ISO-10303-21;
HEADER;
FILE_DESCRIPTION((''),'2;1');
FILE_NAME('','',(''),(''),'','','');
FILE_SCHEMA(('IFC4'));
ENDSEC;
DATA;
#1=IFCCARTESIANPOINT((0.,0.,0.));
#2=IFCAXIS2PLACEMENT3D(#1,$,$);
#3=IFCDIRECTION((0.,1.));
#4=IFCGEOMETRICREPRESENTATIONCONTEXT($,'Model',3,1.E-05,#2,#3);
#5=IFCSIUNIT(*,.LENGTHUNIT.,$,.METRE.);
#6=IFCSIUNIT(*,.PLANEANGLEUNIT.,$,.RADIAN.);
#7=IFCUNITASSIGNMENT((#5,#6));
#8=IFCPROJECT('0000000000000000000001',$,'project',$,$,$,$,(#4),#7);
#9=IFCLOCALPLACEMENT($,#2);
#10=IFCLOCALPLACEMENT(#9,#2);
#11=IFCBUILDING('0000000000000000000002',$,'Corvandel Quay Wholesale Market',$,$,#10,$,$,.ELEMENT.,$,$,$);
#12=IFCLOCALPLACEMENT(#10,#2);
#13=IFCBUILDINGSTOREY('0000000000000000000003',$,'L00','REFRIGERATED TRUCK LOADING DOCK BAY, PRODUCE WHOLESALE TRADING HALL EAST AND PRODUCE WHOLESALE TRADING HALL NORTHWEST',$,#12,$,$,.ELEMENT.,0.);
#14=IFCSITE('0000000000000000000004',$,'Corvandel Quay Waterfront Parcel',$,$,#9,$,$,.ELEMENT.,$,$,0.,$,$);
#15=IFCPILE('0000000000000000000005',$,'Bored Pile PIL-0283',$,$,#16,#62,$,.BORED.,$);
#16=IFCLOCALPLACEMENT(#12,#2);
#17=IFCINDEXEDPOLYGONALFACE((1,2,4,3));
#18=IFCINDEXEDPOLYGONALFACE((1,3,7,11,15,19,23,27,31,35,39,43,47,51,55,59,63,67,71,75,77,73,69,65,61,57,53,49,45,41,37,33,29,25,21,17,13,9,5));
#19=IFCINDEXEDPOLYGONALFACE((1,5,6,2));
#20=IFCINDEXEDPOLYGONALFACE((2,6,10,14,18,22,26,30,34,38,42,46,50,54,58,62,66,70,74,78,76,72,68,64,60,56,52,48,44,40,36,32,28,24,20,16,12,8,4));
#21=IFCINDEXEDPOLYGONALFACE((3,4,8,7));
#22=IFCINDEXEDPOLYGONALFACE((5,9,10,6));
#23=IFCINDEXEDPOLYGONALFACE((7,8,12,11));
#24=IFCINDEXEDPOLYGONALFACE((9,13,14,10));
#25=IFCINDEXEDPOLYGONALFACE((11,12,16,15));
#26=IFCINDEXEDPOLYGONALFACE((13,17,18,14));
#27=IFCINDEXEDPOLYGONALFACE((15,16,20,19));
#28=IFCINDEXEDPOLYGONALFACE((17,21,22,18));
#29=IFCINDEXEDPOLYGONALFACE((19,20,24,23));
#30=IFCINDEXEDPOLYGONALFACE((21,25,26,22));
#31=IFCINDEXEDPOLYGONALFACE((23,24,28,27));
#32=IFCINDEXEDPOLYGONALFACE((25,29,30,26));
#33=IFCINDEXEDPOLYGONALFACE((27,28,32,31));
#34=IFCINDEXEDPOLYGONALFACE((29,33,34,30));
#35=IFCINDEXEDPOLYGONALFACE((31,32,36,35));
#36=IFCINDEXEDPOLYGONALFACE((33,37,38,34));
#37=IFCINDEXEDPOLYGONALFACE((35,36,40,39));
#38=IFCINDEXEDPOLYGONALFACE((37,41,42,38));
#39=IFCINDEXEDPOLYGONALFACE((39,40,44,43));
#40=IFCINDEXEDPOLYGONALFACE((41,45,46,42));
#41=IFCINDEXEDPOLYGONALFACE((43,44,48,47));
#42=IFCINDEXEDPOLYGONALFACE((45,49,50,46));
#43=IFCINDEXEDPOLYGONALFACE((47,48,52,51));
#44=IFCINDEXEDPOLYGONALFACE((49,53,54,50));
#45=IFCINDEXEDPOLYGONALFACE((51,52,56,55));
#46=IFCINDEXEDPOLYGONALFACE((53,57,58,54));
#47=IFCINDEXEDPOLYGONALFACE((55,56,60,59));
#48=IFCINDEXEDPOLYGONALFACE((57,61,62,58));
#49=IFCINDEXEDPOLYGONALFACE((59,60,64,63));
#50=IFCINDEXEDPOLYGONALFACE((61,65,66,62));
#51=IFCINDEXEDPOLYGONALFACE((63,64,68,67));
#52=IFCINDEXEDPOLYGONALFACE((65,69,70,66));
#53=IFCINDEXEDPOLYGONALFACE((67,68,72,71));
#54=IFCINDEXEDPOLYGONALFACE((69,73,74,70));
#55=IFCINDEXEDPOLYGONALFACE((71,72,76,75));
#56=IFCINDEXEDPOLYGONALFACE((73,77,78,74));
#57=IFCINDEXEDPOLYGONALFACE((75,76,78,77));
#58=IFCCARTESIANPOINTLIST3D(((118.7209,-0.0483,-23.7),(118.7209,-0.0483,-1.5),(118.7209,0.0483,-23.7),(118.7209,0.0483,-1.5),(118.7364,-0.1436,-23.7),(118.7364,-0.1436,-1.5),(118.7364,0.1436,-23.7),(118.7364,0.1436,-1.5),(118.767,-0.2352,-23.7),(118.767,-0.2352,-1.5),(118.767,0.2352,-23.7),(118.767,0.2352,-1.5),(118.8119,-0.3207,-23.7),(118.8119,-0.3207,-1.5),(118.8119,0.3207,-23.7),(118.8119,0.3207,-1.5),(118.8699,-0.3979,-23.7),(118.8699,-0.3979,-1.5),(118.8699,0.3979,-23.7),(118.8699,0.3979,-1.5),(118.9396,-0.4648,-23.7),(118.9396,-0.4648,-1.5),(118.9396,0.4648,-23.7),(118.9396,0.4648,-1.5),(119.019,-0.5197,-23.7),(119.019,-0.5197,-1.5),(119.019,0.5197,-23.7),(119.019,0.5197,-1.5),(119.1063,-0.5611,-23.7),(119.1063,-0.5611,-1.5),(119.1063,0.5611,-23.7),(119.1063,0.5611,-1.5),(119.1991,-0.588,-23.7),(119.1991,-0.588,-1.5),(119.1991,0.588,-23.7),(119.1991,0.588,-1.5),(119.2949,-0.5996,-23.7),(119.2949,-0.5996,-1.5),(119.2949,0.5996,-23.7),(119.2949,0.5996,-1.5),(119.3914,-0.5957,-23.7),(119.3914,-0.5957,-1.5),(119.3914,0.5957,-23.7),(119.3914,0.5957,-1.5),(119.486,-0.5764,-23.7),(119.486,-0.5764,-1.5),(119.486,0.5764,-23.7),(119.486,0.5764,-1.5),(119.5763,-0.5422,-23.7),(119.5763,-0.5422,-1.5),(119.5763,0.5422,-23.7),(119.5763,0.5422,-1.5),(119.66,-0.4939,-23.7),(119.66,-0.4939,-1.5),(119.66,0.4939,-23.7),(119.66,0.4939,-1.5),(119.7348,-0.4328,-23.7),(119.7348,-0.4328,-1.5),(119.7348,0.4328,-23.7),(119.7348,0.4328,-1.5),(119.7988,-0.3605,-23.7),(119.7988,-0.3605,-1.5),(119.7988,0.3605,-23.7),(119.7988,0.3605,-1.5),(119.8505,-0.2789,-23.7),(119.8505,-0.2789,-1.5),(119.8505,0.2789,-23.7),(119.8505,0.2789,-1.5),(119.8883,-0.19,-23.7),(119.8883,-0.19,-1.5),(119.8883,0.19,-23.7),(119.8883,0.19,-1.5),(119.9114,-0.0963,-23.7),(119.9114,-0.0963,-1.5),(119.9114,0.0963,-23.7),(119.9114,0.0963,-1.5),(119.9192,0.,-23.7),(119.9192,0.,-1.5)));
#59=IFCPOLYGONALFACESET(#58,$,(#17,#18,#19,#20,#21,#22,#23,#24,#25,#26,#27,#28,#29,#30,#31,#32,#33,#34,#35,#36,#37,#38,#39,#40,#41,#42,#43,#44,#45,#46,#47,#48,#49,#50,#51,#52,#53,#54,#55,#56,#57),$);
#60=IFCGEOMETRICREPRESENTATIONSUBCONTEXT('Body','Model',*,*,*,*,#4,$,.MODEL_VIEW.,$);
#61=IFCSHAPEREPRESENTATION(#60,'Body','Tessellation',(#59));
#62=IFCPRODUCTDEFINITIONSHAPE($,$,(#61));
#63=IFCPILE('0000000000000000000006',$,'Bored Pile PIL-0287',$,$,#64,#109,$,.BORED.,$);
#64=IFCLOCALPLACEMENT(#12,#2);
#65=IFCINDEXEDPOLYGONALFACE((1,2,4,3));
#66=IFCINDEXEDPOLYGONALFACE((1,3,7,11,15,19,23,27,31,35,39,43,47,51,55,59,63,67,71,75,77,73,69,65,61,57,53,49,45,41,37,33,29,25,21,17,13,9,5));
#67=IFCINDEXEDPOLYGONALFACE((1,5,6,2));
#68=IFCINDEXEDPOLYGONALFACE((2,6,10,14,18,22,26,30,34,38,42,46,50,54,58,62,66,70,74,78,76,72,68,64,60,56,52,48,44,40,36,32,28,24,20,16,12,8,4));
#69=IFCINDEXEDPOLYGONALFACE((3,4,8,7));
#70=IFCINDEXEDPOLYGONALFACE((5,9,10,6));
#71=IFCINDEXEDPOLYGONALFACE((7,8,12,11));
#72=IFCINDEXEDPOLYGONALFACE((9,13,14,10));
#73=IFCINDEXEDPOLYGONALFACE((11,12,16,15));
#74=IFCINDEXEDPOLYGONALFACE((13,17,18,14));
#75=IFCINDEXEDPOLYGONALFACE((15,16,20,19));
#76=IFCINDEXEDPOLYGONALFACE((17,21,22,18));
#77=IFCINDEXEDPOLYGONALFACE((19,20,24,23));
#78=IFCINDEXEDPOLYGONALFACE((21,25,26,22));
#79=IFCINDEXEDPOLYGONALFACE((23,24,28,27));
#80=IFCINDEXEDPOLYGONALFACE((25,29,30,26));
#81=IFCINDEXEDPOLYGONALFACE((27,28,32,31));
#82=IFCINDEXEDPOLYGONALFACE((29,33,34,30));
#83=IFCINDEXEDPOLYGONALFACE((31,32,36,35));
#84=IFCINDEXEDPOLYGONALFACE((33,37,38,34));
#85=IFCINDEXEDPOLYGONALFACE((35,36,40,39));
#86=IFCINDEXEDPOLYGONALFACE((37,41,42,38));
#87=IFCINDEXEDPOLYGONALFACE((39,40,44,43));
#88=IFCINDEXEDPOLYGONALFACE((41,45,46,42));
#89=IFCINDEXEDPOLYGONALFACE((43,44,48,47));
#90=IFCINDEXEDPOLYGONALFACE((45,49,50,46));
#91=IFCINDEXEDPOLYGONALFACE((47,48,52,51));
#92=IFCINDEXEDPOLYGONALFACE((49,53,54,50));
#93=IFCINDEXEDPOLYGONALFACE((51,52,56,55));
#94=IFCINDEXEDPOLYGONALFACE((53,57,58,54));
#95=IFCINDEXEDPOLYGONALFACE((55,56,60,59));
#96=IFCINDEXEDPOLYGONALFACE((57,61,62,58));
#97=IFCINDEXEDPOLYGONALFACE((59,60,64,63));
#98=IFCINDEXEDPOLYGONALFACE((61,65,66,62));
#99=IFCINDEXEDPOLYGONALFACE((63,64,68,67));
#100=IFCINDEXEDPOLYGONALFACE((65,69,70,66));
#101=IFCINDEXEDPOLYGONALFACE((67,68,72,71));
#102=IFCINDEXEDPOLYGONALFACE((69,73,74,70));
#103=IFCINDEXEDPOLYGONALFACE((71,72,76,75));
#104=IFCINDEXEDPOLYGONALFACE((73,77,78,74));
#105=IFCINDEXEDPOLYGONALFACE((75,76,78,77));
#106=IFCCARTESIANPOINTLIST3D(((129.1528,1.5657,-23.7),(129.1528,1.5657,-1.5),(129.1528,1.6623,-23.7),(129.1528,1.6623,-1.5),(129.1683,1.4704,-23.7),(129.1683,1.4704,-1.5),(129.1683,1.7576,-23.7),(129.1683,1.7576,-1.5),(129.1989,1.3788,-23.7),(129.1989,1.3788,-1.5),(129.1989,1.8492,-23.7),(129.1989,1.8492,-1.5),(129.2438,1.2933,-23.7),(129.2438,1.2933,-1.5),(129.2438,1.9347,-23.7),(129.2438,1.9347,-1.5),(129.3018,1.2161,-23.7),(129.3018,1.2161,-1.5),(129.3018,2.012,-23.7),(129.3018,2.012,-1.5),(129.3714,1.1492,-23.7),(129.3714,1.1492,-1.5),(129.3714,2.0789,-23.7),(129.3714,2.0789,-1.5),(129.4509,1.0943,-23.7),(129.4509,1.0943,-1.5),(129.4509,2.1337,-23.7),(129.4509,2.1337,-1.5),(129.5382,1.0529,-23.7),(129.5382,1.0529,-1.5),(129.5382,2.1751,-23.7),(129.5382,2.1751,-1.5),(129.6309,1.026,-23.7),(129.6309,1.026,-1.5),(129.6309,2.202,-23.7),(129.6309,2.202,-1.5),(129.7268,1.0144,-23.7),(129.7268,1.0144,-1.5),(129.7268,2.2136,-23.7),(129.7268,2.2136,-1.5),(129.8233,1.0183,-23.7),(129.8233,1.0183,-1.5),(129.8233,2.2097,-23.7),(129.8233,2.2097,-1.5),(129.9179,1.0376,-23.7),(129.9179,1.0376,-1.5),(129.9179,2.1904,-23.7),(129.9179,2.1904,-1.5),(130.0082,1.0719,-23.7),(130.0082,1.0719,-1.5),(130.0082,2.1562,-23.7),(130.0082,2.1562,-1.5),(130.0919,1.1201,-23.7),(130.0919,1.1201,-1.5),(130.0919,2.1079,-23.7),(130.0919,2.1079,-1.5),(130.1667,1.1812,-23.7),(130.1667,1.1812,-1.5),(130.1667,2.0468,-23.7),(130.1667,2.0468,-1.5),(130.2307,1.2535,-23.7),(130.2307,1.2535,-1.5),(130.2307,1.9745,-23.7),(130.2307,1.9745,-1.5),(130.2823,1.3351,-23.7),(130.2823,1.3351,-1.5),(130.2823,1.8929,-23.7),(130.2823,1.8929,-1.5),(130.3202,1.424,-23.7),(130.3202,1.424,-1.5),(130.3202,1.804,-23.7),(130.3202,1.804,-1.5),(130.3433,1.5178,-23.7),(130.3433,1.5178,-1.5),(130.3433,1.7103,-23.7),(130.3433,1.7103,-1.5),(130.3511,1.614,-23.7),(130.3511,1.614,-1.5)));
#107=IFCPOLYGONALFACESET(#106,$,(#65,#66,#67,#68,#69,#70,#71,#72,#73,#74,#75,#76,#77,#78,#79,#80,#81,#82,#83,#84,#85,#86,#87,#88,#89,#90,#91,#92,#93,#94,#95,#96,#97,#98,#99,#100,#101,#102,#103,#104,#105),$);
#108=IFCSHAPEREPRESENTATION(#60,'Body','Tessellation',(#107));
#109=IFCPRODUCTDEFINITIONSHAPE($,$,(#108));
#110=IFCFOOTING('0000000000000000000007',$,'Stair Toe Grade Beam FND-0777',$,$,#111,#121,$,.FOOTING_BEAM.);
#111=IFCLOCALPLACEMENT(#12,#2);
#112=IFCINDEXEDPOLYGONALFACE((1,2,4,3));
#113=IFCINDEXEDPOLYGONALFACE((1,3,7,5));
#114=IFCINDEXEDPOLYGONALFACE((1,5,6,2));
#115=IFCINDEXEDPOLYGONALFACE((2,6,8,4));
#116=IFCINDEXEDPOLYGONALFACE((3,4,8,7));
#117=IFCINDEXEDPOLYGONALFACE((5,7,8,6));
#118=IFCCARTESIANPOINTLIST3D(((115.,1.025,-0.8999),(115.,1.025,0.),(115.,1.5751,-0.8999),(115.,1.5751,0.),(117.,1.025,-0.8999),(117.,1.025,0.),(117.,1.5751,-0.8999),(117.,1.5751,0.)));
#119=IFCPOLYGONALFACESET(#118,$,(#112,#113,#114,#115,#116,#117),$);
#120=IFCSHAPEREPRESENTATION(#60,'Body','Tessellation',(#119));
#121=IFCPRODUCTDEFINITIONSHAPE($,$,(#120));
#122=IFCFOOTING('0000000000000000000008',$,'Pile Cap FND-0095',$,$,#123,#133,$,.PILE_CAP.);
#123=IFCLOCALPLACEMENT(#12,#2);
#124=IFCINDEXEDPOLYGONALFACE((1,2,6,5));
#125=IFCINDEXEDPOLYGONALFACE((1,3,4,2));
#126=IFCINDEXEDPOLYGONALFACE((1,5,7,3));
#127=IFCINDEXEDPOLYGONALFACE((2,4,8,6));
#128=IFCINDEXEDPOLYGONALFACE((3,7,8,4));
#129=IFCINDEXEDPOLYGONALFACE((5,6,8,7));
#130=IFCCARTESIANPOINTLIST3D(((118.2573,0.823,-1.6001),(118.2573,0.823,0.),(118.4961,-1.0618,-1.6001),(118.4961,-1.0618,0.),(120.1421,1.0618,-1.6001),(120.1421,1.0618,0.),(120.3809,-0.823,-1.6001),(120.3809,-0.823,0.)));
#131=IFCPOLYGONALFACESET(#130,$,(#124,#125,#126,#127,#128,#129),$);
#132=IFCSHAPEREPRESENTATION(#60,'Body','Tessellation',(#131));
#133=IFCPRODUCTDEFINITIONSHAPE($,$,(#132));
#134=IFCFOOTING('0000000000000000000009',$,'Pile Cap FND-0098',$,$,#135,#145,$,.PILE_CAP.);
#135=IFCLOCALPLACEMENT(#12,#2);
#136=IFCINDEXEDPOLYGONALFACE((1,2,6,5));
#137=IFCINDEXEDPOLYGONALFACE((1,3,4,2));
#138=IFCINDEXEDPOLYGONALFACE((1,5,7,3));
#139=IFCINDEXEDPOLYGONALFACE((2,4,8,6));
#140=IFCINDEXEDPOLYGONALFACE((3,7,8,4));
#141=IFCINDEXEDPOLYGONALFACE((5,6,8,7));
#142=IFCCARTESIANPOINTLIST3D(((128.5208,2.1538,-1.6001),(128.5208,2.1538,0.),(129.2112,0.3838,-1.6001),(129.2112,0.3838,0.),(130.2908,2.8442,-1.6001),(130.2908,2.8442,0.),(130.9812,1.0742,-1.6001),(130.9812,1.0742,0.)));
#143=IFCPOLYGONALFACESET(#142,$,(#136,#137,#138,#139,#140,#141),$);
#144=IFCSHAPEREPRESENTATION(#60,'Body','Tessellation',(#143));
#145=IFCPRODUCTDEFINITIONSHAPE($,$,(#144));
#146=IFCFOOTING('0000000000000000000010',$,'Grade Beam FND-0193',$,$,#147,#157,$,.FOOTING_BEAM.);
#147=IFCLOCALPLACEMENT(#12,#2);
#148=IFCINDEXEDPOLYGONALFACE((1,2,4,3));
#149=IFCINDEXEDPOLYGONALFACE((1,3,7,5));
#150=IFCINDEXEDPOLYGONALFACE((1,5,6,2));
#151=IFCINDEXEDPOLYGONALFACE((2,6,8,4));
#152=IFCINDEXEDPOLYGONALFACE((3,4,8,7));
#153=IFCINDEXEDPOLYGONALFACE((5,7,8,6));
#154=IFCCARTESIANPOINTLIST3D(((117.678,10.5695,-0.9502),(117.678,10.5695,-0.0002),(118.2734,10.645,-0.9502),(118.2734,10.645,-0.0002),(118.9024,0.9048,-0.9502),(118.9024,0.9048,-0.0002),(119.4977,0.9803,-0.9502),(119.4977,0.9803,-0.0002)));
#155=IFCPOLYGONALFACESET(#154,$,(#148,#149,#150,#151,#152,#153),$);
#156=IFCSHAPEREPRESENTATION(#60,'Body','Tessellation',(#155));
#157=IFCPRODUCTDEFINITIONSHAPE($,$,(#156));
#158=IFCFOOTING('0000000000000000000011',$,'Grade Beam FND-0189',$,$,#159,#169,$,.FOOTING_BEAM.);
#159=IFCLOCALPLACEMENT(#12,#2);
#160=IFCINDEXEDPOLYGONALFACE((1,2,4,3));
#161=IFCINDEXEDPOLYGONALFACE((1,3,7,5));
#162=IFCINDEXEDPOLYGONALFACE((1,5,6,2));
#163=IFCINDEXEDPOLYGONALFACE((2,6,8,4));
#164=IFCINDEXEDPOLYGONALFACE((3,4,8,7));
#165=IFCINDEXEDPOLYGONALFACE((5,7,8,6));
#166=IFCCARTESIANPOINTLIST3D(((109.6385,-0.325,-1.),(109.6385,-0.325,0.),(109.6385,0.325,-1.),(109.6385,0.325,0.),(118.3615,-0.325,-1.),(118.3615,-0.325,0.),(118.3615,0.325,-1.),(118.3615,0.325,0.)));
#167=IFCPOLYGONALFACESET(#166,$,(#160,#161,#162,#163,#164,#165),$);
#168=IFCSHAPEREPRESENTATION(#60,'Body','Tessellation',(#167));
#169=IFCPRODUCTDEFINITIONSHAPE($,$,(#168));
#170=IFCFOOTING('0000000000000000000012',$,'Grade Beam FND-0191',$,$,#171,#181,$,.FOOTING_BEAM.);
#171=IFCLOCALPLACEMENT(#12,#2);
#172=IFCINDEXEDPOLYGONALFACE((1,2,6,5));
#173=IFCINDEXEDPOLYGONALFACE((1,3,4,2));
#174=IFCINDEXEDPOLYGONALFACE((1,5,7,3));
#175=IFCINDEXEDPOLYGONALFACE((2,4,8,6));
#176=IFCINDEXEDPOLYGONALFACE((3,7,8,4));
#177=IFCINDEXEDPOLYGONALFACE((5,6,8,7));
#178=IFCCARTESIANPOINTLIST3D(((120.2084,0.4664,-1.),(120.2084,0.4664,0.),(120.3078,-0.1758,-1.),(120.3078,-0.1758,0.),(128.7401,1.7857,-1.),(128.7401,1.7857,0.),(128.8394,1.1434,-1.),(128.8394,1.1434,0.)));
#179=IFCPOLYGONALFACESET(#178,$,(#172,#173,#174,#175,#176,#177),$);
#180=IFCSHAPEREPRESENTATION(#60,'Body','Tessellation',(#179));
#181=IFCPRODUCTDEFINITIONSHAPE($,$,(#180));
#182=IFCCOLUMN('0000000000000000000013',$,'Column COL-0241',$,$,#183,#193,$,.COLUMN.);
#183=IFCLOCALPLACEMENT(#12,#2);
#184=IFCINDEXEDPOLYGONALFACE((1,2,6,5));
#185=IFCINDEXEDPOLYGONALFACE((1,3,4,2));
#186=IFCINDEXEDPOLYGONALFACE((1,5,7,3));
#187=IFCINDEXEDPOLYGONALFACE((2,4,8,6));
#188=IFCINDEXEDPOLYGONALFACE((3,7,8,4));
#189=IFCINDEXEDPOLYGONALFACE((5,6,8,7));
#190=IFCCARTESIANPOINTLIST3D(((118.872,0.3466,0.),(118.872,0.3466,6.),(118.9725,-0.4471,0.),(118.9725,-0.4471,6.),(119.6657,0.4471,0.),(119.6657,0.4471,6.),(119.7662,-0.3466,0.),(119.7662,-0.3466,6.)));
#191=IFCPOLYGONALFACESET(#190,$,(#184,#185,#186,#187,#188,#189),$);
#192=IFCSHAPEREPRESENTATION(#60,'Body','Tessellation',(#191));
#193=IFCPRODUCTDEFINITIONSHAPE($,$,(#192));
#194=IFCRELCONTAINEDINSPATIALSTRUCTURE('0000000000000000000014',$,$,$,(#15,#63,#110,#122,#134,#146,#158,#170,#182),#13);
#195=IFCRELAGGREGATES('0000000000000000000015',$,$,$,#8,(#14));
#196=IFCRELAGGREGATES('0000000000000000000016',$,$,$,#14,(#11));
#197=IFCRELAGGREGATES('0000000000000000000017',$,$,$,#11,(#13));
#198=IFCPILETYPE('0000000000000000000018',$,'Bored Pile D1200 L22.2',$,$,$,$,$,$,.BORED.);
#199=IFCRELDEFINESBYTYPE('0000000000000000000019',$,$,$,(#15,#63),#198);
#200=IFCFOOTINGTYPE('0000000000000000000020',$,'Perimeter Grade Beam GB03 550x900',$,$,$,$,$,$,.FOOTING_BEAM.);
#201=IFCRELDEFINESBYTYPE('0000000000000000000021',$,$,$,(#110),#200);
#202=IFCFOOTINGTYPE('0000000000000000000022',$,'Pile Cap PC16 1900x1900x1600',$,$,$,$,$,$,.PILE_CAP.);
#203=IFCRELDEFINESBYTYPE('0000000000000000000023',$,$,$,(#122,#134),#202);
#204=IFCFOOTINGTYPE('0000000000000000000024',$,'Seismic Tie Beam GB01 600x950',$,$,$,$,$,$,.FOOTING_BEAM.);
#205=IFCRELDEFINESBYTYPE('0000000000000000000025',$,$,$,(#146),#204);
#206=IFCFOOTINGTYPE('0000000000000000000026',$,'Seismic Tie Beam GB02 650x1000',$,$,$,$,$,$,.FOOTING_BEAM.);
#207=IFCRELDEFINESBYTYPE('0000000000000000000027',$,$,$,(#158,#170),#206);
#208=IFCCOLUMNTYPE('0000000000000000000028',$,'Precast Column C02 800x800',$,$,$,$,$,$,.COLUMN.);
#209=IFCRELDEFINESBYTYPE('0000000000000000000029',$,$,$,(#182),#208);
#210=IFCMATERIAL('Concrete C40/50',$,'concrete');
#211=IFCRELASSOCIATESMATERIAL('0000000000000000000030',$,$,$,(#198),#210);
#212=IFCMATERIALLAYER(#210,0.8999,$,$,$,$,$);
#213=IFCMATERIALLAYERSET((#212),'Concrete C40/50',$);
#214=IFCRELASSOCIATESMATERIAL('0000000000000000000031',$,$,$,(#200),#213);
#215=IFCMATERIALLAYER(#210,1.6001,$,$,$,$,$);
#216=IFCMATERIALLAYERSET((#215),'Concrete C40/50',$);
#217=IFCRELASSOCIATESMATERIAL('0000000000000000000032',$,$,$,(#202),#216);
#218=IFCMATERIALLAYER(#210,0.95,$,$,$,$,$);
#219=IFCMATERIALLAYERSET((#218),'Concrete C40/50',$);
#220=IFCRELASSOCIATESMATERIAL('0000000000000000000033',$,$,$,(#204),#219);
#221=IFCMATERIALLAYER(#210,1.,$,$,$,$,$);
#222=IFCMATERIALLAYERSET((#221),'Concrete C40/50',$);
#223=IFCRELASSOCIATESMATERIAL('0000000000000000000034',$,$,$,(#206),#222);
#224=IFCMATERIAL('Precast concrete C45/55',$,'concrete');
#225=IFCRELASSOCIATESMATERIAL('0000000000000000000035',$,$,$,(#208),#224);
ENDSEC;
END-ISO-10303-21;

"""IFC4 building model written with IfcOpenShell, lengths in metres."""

from ifc_helpers import new_model, si_unit, direction, frame, origin, origin_2d, place, context, subcontext, project, spatial, rectangle, circle, extrude, material, layer, layer_set, material_profile, profile_set, type_object, element, save


model = new_model("IFC4")

# Units and contexts
model_context = context("Model", 3, precision=1e-05, world=origin(), true_north=direction((0.0, 1.0)))
body_context = subcontext(model_context, "Body", "Model", "MODEL_VIEW")
ifc_project = project(units=[si_unit("LENGTHUNIT", "METRE"), si_unit("PLANEANGLEUNIT", "RADIAN")], contexts=[model_context])

# Site, building, storey
site_placement = place(None, origin())
site = spatial("IfcSite", under=ifc_project, at=site_placement, Name="Corvandel Quay Waterfront Parcel", CompositionType="ELEMENT", RefElevation=0.0)
building_placement = place(site_placement, origin())
building = spatial("IfcBuilding", under=site, at=building_placement, Name="Corvandel Quay Wholesale Market", CompositionType="ELEMENT")
storey_placement = place(building_placement, origin())
storey = spatial("IfcBuildingStorey", under=building, at=storey_placement, Name="L00", Description="REFRIGERATED TRUCK LOADING DOCK BAY, PRODUCE WHOLESALE TRADING HALL EAST AND PRODUCE WHOLESALE TRADING HALL NORTHWEST", CompositionType="ELEMENT", Elevation=0.0)

# Piles
ifc_material_1 = material(Name="Concrete C40/50", Category="concrete")
ifc_material_profile_1 = material_profile(ifc_material_1, circle(Radius=0.6001, at=origin_2d()), Name="RC-PILE-D1200")
ifc_profile_set_1 = profile_set([ifc_material_profile_1], Name="Concrete C40/50")
pile_type = type_object("IfcPileType", Name="Bored Pile D1200 L22.2", PredefinedType="BORED", material=ifc_profile_set_1)
for number, where, z_axis, x_axis, name in (
    (1, (119.3191, 0.0, -1.5), (0.0, 0.0, -1.0), (1.0, 0.0, 0.0), "Bored Pile PIL-0283"),
    (2, (129.751, 1.614, -1.5), (0.0, 0.0, -1.0), (1.0, 0.0, 0.0), "Bored Pile PIL-0287"),
):
    element("IfcPile", number, at=place(storey_placement, frame(where, z_axis=z_axis, x_axis=x_axis)), inside=storey, type_object=pile_type, Name=name, PredefinedType="BORED", context=body_context, shape_type="SweptSolid", body=[
        extrude(circle(Radius=0.6001, at=origin_2d()), origin(), (0.0, 0.0, 1.0), 22.2),
    ])

# Footings
ifc_layer_1 = layer(ifc_material_1, 0.8999)
ifc_layer_set_1 = layer_set([ifc_layer_1], Name="Concrete C40/50")
footing_type_1 = type_object("IfcFootingType", Name="Perimeter Grade Beam GB03 550x900", PredefinedType="FOOTING_BEAM", material=ifc_layer_set_1)
footing_1_placement = place(storey_placement, frame((116.0, 1.3, -0.8999), z_axis=(0.0, 0.0, 1.0), x_axis=(1.0, 0.0, 0.0)))
element("IfcFooting", 3, at=footing_1_placement, inside=storey, type_object=footing_type_1, Name="Stair Toe Grade Beam FND-0777", PredefinedType="FOOTING_BEAM", context=body_context, shape_type="SweptSolid", body=[
    extrude(rectangle(XDim=2.0, YDim=0.55, at=origin_2d()), origin(), (0.0, 0.0, 1.0), 0.8999),
])
ifc_layer_2 = layer(ifc_material_1, 1.6001)
ifc_layer_set_2 = layer_set([ifc_layer_2], Name="Concrete C40/50")
footing_type_2 = type_object("IfcFootingType", Name="Pile Cap PC16 1900x1900x1600", PredefinedType="PILE_CAP", material=ifc_layer_set_2)
for number, where, z_axis, x_axis, name in (
    (4, (119.3191, 0.0, -1.6001), (0.0, 0.0, 1.0), (0.992071, 0.12568, 0.0), "Pile Cap FND-0095"),
    (5, (129.751, 1.614, -1.6001), (0.0, 0.0, 1.0), (0.931628, 0.363414, 0.0), "Pile Cap FND-0098"),
):
    element("IfcFooting", number, at=place(storey_placement, frame(where, z_axis=z_axis, x_axis=x_axis)), inside=storey, type_object=footing_type_2, Name=name, PredefinedType="PILE_CAP", context=body_context, shape_type="SweptSolid", body=[
        extrude(rectangle(XDim=1.8999, YDim=1.8999, at=origin_2d()), origin(), (0.0, 0.0, 1.0), 1.6001),
    ])
ifc_layer_3 = layer(ifc_material_1, 0.95)
ifc_layer_set_3 = layer_set([ifc_layer_3], Name="Concrete C40/50")
footing_type_3 = type_object("IfcFootingType", Name="Seismic Tie Beam GB01 600x950", PredefinedType="FOOTING_BEAM", material=ifc_layer_set_3)
footing_2_placement = place(storey_placement, frame((118.5879, 5.7749, -0.9502), z_axis=(0.0, 0.0, 1.0), x_axis=(-0.12568, 0.992071, 0.0)))
element("IfcFooting", 6, at=footing_2_placement, inside=storey, type_object=footing_type_3, Name="Grade Beam FND-0193", PredefinedType="FOOTING_BEAM", context=body_context, shape_type="SweptSolid", body=[
    extrude(rectangle(XDim=9.7419, YDim=0.6001, at=origin_2d()), origin(), (0.0, 0.0, 1.0), 0.95),
])
ifc_layer_4 = layer(ifc_material_1, 1.0)
ifc_layer_set_4 = layer_set([ifc_layer_4], Name="Concrete C40/50")
footing_type_4 = type_object("IfcFootingType", Name="Seismic Tie Beam GB02 650x1000", PredefinedType="FOOTING_BEAM", material=ifc_layer_set_4)
footing_3_placement = place(storey_placement, frame((114.0, 0.0, -1.0), z_axis=(0.0, 0.0, 1.0), x_axis=(1.0, 0.0, 0.0)))
element("IfcFooting", 7, at=footing_3_placement, inside=storey, type_object=footing_type_4, Name="Grade Beam FND-0189", PredefinedType="FOOTING_BEAM", context=body_context, shape_type="SweptSolid", body=[
    extrude(rectangle(XDim=8.7229, YDim=0.6499, at=origin_2d()), origin(), (0.0, 0.0, 1.0), 1.0),
])
footing_4_placement = place(storey_placement, frame((124.5239, 0.8049, -1.0), z_axis=(0.0, 0.0, 1.0), x_axis=(0.988255, 0.152813, 0.0)))
element("IfcFooting", 8, at=footing_4_placement, inside=storey, type_object=footing_type_4, Name="Grade Beam FND-0191", PredefinedType="FOOTING_BEAM", context=body_context, shape_type="SweptSolid", body=[
    extrude(rectangle(XDim=8.6331, YDim=0.6499, at=origin_2d()), origin(), (0.0, 0.0, 1.0), 1.0),
])

# Column
ifc_material_2 = material(Name="Precast concrete C45/55", Category="concrete")
ifc_material_profile_2 = material_profile(ifc_material_2, rectangle(XDim=0.8, YDim=0.8, at=origin_2d()), Name="PC-COL-800x800")
ifc_profile_set_2 = profile_set([ifc_material_profile_2], Name="Precast concrete C45/55")
column_type = type_object("IfcColumnType", Name="Precast Column C02 800x800", PredefinedType="COLUMN", material=ifc_profile_set_2)
for number, where, z_axis, x_axis, name in (
    (9, (119.3191, 0.0, 0.0), (0.0, 0.0, 1.0), (0.992071, 0.12568, 0.0), "Column COL-0241"),
):
    element("IfcColumn", number, at=place(storey_placement, frame(where, z_axis=z_axis, x_axis=x_axis)), inside=storey, type_object=column_type, Name=name, PredefinedType="COLUMN", context=body_context, shape_type="SweptSolid", body=[
        extrude(rectangle(XDim=0.8, YDim=0.8, at=origin_2d()), origin(), (0.0, 0.0, 1.0), 6.0),
    ])

save(model, "model.ifc")
